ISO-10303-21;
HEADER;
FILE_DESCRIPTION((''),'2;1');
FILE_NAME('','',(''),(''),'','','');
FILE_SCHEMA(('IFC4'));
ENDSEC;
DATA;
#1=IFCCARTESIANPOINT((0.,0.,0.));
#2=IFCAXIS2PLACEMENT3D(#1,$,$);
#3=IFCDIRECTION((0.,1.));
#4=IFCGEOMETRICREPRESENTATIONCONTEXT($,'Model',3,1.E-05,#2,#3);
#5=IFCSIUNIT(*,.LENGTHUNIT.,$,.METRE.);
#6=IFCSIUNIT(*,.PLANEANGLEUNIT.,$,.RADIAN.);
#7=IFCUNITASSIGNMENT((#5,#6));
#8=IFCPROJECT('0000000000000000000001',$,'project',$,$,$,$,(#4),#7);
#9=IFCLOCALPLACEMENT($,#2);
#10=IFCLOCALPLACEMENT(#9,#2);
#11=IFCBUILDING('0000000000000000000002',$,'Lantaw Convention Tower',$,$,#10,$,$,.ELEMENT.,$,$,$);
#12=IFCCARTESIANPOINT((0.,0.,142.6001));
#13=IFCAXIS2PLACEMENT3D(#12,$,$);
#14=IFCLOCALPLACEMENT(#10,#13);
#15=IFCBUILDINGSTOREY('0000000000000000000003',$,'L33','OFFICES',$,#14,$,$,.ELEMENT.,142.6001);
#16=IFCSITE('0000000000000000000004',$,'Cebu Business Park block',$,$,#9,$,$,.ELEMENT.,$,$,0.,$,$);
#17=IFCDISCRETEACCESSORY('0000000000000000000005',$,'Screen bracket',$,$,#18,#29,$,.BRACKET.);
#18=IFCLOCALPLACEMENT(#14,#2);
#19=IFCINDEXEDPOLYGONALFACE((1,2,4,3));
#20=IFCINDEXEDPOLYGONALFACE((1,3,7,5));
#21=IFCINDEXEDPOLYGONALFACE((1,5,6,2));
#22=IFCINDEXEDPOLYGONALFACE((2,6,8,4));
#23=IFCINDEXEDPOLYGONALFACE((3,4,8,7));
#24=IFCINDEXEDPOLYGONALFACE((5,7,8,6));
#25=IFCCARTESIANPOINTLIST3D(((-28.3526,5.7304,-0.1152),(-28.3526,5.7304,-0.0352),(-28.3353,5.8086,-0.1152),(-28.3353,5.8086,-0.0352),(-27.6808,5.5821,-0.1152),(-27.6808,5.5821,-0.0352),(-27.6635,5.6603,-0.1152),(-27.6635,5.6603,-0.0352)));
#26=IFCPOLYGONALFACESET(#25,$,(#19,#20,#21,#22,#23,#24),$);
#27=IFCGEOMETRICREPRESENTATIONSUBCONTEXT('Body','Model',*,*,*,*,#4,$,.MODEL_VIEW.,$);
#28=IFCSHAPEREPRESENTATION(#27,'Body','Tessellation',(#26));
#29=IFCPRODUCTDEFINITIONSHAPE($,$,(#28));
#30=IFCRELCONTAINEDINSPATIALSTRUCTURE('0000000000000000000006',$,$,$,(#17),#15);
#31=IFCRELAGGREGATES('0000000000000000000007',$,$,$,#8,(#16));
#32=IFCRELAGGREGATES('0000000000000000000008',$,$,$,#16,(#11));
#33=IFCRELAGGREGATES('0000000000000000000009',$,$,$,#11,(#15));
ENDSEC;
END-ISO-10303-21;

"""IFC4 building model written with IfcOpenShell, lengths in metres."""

from ifc_helpers import new_model, si_unit, direction, frame, origin, origin_2d, place, context, subcontext, project, spatial, rectangle, extrude, element, save


model = new_model("IFC4")

# Units and contexts
model_context = context("Model", 3, precision=1e-05, world=origin(), true_north=direction((0.0, 1.0)))
body_context = subcontext(model_context, "Body", "Model", "MODEL_VIEW")
ifc_project = project(units=[si_unit("LENGTHUNIT", "METRE"), si_unit("PLANEANGLEUNIT", "RADIAN")], contexts=[model_context])

# Site, building, storey
site_placement = place(None, origin())
site = spatial("IfcSite", under=ifc_project, at=site_placement, Name="Cebu Business Park block", CompositionType="ELEMENT", RefElevation=0.0)
building_placement = place(site_placement, origin())
building = spatial("IfcBuilding", under=site, at=building_placement, Name="Lantaw Convention Tower", CompositionType="ELEMENT")
storey_placement = place(building_placement, frame((0.0, 0.0, 142.6001)))
storey = spatial("IfcBuildingStorey", under=building, at=storey_placement, Name="L33", Description="OFFICES", CompositionType="ELEMENT", Elevation=142.6001)

# Discrete accessory
discrete_accessory_placement = place(storey_placement, frame((-28.0081, 5.6953, -0.1152), z_axis=(0.0, 0.0, 1.0), x_axis=(-0.215546, -0.976494, 0.0)))
element("IfcDiscreteAccessory", 1, at=discrete_accessory_placement, inside=storey, Name="Screen bracket", PredefinedType="BRACKET", context=body_context, shape_type="SweptSolid", body=[
    extrude(rectangle(XDim=0.0801, YDim=0.688, at=origin_2d()), origin(), (0.0, 0.0, 1.0), 0.0801),
])

save(model, "model.ifc")
